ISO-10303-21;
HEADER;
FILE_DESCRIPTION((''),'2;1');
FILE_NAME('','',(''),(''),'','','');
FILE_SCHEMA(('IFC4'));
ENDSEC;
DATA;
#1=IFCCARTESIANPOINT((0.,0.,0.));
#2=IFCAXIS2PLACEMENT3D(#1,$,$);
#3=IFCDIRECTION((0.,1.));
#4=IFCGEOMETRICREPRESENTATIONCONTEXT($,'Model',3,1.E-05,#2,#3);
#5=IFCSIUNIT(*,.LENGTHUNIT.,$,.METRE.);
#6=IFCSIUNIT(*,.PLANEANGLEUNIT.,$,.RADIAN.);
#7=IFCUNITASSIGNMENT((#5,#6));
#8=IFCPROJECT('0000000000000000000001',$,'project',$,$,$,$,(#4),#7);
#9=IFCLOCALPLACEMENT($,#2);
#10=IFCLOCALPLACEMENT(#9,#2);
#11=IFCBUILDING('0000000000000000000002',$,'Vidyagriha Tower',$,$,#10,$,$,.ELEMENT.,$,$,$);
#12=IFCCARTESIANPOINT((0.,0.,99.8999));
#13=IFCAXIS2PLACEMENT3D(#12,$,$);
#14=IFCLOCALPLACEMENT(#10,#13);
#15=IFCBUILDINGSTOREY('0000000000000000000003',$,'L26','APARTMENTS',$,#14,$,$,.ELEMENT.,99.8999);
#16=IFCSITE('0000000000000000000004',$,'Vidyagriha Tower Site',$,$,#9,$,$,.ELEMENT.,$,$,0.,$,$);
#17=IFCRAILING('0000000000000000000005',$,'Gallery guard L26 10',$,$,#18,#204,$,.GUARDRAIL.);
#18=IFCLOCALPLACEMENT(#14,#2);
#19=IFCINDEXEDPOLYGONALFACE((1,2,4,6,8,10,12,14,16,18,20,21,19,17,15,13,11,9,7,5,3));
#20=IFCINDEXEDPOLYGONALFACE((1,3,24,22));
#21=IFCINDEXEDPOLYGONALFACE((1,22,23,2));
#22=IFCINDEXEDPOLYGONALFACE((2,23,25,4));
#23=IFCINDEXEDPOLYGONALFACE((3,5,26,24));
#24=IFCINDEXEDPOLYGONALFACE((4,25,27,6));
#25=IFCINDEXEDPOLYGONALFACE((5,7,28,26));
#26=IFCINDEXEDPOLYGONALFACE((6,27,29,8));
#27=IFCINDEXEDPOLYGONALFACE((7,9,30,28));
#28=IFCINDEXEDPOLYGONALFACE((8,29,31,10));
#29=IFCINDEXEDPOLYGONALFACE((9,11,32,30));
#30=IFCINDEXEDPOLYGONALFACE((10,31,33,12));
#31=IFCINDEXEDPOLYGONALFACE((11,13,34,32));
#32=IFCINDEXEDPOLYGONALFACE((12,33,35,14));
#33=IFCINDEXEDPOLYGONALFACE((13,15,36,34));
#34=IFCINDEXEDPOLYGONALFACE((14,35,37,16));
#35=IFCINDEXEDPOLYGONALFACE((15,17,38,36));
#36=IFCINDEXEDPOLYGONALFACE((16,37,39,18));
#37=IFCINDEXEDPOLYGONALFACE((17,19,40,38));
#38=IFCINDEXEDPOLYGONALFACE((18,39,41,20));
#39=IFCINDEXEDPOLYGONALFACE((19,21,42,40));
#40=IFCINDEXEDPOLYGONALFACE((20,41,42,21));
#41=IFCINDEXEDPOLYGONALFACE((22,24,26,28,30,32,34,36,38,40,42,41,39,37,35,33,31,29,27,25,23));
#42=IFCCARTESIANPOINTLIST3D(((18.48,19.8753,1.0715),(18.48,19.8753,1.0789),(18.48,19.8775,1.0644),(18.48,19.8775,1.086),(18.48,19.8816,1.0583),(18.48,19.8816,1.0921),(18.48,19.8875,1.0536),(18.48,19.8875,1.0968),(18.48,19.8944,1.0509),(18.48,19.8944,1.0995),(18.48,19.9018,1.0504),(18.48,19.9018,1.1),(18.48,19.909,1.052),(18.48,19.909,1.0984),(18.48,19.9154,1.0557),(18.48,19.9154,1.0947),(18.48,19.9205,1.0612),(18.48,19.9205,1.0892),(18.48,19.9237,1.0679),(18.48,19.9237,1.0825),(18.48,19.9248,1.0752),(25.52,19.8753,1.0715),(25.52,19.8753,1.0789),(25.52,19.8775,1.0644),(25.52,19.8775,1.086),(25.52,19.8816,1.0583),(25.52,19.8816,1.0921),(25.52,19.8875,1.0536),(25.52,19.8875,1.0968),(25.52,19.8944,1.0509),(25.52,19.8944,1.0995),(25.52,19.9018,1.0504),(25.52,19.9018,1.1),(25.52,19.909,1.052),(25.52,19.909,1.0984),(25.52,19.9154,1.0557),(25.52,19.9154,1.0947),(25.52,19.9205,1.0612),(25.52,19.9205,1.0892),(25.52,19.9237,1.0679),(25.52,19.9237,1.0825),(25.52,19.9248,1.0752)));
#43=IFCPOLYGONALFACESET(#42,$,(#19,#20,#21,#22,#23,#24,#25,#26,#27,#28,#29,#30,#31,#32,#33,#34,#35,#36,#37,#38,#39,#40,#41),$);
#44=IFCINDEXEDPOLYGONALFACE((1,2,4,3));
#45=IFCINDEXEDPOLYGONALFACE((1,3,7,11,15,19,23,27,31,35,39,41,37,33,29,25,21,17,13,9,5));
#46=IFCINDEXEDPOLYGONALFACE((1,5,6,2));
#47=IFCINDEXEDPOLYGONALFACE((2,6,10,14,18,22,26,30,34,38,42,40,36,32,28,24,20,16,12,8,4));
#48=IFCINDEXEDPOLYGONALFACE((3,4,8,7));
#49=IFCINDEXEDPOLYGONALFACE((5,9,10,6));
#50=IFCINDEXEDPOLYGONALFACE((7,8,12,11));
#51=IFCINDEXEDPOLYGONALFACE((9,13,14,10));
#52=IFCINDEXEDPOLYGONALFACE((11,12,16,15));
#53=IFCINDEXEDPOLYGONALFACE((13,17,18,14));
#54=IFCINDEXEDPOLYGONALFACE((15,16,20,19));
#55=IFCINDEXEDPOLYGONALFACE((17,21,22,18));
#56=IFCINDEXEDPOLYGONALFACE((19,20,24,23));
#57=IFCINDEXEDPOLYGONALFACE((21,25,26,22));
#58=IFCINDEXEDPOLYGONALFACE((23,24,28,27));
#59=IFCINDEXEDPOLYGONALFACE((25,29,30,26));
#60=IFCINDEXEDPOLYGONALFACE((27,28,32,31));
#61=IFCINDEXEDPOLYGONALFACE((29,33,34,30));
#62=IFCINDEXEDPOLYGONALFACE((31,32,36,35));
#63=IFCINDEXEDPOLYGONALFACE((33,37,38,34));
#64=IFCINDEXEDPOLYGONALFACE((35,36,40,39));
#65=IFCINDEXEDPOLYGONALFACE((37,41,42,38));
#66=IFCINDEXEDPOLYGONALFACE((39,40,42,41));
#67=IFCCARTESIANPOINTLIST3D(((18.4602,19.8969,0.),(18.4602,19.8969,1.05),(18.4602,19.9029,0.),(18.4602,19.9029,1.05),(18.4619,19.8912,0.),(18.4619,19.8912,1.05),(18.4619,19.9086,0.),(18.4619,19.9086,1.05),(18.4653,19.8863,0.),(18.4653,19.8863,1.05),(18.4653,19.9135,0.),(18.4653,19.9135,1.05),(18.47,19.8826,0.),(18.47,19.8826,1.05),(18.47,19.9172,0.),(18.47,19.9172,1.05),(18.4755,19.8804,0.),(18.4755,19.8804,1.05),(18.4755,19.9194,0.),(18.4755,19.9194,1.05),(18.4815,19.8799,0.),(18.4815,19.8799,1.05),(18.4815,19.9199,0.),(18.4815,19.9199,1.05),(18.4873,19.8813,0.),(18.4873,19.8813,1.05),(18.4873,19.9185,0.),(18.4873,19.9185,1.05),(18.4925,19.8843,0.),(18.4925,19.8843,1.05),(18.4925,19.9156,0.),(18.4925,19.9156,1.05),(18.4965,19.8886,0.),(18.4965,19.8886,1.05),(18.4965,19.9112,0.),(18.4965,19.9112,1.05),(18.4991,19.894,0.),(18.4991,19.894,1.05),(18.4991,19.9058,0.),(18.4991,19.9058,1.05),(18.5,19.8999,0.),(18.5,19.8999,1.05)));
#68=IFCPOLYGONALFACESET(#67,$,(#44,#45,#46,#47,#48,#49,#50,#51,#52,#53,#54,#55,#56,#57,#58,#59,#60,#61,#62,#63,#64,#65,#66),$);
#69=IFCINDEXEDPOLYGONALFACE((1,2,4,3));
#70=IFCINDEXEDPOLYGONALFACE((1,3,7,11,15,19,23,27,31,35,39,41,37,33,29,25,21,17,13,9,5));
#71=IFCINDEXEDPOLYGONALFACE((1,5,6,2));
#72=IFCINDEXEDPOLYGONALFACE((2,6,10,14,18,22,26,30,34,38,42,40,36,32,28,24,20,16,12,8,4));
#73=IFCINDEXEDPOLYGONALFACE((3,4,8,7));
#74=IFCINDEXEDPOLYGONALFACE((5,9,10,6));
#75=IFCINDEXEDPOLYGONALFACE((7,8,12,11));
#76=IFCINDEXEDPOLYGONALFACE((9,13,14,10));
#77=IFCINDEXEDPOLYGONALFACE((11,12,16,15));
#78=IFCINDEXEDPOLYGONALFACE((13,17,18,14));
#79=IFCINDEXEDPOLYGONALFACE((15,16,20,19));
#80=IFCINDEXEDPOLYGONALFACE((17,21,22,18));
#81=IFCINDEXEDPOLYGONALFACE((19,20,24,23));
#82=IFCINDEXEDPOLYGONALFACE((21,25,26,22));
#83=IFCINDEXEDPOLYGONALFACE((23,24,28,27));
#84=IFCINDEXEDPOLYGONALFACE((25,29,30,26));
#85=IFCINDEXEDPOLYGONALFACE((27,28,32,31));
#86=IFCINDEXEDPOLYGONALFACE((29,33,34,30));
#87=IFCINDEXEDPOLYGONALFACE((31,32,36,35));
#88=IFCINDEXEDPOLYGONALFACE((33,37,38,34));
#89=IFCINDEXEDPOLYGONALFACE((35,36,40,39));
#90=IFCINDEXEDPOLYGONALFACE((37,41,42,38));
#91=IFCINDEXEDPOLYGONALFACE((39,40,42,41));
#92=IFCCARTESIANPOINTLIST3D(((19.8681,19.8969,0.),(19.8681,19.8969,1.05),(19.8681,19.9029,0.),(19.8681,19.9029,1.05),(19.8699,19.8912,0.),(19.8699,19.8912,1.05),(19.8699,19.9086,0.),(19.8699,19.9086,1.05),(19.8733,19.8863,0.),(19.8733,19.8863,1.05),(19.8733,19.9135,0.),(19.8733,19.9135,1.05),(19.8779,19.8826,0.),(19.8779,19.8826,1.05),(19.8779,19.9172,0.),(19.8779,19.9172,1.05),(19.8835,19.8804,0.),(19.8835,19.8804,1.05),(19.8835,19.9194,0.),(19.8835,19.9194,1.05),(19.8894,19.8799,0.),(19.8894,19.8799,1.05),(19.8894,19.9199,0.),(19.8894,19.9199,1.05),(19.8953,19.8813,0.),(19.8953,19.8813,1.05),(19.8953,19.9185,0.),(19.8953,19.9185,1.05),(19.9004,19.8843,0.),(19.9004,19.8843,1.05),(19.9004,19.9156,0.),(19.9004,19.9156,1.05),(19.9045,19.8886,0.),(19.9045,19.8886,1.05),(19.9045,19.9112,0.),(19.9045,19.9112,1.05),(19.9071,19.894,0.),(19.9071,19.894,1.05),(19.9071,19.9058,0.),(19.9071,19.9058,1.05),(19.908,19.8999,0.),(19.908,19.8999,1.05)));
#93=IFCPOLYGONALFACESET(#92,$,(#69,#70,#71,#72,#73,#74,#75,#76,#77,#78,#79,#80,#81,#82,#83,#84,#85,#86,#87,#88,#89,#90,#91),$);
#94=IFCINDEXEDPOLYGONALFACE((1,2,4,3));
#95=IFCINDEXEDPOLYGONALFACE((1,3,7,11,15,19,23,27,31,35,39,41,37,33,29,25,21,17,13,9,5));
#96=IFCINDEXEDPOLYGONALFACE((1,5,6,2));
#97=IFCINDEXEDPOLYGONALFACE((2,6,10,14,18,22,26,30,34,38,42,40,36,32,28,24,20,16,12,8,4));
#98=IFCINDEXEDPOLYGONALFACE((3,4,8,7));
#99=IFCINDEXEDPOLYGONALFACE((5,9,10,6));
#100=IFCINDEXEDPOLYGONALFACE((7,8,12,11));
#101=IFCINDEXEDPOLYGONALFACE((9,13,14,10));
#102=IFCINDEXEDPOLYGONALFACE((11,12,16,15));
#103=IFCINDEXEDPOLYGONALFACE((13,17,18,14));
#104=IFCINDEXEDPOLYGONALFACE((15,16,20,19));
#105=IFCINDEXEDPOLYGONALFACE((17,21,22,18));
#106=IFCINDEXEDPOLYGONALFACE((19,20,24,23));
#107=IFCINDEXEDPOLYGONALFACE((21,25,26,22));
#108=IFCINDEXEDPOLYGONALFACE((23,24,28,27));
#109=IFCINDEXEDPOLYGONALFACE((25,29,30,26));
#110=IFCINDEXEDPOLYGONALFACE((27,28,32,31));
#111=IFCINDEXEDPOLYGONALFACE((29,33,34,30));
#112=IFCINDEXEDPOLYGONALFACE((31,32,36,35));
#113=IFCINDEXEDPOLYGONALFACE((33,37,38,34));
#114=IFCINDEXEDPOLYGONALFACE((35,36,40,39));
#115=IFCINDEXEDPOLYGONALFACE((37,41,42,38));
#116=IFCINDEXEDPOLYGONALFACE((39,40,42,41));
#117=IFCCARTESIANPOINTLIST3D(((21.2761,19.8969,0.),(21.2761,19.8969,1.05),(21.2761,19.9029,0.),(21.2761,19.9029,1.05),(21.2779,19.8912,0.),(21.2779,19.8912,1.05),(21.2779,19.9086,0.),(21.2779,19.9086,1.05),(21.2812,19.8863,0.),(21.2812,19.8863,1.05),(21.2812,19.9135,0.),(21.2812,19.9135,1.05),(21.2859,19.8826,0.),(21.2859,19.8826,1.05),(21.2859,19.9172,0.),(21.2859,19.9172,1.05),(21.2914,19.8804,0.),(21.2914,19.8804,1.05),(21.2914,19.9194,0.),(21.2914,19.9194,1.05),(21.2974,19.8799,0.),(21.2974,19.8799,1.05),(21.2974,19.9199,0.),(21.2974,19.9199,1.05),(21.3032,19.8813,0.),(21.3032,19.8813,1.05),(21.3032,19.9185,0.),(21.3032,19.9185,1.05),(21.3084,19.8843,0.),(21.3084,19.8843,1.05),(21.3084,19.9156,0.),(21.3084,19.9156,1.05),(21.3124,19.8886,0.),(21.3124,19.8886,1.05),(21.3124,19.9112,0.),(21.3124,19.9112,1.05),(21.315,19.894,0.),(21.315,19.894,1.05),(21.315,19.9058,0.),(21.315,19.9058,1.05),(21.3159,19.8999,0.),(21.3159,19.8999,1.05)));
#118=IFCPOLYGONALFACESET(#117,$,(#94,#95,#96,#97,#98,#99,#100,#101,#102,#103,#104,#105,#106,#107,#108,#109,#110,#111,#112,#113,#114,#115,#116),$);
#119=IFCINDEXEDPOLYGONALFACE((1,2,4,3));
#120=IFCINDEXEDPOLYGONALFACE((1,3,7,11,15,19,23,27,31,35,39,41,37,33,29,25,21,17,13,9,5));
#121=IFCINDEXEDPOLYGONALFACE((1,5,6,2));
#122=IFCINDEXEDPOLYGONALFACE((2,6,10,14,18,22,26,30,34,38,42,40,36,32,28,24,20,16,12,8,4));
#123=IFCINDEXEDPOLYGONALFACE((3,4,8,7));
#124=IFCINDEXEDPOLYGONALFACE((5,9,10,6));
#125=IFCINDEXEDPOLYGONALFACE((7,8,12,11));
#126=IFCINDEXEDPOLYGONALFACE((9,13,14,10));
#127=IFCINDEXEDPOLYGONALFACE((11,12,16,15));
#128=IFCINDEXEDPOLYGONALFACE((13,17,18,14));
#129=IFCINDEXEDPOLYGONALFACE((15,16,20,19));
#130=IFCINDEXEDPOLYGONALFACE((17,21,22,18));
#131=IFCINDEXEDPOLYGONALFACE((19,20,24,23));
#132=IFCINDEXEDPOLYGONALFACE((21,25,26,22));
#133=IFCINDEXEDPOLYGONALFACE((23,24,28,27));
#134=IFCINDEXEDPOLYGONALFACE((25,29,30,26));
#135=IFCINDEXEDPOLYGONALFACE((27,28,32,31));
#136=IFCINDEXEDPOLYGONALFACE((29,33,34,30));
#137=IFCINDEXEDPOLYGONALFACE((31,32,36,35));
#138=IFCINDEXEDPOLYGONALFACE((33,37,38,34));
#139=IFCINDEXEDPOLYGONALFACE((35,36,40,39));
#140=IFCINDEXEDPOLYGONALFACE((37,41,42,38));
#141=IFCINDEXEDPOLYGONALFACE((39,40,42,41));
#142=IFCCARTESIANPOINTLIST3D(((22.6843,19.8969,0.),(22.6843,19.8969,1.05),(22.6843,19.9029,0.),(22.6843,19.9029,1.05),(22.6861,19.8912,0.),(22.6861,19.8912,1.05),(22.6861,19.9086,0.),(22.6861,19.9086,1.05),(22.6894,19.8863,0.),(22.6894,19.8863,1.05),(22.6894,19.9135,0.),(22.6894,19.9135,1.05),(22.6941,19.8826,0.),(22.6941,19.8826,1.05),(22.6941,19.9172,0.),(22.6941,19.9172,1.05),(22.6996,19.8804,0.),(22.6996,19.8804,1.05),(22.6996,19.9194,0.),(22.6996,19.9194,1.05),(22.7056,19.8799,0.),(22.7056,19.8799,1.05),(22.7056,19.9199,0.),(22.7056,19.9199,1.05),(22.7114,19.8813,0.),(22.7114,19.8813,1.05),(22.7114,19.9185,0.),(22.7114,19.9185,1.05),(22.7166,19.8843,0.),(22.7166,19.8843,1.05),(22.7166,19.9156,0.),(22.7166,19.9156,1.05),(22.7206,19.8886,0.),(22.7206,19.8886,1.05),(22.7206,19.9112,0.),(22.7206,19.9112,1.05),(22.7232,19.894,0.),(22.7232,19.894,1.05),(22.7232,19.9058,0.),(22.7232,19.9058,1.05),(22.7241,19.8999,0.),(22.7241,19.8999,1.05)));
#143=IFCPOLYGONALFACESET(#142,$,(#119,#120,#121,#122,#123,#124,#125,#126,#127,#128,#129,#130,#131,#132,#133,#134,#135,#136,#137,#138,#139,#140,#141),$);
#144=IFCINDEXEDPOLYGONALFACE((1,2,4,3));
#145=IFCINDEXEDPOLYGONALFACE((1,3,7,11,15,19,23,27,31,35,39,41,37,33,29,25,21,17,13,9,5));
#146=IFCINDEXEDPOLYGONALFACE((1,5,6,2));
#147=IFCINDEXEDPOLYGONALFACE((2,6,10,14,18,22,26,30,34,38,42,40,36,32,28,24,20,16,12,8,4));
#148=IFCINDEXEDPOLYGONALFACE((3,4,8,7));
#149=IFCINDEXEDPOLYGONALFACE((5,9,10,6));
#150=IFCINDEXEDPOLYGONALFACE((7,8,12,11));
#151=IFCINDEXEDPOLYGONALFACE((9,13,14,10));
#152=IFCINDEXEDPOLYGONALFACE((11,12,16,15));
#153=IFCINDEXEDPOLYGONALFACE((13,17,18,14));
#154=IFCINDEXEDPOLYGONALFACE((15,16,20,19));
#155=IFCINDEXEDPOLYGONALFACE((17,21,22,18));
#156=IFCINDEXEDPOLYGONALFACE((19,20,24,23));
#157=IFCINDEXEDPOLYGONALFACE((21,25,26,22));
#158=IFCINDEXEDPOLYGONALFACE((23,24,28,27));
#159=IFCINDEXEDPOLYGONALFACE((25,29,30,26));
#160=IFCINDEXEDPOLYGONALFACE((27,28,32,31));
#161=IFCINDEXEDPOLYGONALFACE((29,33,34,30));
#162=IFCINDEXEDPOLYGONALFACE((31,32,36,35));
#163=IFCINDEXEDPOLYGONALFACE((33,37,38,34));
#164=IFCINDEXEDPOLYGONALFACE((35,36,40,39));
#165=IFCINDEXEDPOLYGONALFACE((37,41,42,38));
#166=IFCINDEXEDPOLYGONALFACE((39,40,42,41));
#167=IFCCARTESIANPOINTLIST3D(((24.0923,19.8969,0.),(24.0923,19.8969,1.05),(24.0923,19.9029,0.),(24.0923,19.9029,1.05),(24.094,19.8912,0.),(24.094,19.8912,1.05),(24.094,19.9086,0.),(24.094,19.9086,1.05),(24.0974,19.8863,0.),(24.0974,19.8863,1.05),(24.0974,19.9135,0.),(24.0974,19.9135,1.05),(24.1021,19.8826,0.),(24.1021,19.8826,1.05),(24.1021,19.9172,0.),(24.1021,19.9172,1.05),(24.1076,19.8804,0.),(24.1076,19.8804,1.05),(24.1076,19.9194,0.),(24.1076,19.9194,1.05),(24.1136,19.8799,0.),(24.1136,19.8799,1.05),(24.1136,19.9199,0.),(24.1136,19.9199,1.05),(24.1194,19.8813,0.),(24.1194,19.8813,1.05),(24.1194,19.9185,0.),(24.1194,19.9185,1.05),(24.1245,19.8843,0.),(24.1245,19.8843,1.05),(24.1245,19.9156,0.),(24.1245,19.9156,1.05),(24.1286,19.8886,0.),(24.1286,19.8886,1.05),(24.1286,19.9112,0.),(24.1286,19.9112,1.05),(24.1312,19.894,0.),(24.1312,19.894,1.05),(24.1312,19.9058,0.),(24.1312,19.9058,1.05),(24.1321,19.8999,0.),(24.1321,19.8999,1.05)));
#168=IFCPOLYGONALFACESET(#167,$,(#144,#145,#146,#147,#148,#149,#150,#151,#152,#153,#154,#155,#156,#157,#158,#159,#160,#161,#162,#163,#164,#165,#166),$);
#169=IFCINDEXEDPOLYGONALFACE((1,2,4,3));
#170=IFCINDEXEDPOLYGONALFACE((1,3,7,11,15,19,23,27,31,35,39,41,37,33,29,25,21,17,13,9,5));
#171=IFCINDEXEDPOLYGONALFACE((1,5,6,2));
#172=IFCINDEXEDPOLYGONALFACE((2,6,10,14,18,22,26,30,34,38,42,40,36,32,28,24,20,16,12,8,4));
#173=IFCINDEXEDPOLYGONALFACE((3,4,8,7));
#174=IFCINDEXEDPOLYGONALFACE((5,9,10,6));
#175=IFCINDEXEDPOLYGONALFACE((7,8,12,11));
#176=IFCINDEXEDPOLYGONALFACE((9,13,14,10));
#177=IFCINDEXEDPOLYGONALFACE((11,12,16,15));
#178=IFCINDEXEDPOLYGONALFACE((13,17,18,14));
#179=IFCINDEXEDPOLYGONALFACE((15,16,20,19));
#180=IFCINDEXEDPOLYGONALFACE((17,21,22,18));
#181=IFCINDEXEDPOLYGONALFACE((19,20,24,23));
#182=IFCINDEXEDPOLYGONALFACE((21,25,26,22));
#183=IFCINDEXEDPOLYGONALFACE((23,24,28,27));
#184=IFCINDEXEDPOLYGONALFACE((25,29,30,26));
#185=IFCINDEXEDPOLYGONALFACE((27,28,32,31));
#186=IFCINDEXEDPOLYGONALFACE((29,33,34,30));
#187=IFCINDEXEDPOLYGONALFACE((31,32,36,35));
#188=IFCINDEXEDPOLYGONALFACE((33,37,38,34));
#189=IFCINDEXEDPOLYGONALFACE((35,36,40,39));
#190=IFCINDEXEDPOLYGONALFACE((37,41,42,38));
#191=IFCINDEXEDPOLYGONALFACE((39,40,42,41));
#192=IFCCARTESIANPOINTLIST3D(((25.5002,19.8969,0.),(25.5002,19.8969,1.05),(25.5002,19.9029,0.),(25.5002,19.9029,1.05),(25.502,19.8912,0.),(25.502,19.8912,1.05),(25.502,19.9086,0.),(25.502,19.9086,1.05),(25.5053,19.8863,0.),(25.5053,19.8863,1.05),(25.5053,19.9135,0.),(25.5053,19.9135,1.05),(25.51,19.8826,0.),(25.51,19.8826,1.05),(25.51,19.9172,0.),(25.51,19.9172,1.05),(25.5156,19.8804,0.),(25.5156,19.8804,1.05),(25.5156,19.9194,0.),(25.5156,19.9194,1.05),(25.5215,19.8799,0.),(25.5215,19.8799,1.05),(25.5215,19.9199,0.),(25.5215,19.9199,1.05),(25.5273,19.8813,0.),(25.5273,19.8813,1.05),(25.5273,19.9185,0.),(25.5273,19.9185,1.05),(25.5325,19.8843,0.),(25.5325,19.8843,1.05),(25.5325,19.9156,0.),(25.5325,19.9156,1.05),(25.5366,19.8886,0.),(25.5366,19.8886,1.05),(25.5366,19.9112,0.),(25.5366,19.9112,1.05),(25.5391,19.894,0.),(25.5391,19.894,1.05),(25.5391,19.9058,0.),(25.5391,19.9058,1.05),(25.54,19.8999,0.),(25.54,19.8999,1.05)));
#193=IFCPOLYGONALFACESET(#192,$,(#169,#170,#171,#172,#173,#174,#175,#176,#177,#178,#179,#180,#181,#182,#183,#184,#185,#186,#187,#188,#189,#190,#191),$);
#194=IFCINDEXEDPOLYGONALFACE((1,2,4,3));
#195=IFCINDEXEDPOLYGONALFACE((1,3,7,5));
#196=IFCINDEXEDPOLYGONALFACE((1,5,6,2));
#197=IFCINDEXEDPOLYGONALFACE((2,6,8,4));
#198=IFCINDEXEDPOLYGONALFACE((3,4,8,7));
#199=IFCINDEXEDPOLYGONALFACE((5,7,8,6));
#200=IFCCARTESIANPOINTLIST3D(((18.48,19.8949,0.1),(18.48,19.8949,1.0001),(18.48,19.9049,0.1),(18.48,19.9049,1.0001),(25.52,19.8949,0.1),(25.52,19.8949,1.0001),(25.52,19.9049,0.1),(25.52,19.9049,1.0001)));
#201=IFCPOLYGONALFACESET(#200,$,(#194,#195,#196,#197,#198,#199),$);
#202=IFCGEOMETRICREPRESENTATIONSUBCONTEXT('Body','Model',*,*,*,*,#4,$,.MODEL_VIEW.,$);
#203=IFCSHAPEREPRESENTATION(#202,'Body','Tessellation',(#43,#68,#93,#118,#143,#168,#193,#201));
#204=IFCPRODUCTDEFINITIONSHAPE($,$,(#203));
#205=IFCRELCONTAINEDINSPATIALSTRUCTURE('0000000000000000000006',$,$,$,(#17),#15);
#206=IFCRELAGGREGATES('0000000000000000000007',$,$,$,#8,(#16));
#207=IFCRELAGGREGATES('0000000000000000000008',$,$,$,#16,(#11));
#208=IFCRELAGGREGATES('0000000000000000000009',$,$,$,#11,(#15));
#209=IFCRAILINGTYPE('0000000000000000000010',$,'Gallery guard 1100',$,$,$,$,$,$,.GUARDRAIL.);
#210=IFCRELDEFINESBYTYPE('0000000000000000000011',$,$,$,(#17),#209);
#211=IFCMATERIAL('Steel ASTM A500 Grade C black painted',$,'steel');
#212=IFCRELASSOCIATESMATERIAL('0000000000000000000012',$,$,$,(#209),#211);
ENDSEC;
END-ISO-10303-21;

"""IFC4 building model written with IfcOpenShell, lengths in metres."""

from ifc_helpers import new_model, si_unit, direction, frame, origin, origin_2d, place, context, subcontext, project, spatial, rectangle, circle, extrude, material, type_object, element, save


model = new_model("IFC4")

# Units and contexts
model_context = context("Model", 3, precision=1e-05, world=origin(), true_north=direction((0.0, 1.0)))
body_context = subcontext(model_context, "Body", "Model", "MODEL_VIEW")
ifc_project = project(units=[si_unit("LENGTHUNIT", "METRE"), si_unit("PLANEANGLEUNIT", "RADIAN")], contexts=[model_context])

# Site, building, storey
site_placement = place(None, origin())
site = spatial("IfcSite", under=ifc_project, at=site_placement, Name="Vidyagriha Tower Site", CompositionType="ELEMENT", RefElevation=0.0)
building_placement = place(site_placement, origin())
building = spatial("IfcBuilding", under=site, at=building_placement, Name="Vidyagriha Tower", CompositionType="ELEMENT")
storey_placement = place(building_placement, frame((0.0, 0.0, 99.8999)))
storey = spatial("IfcBuildingStorey", under=building, at=storey_placement, Name="L26", Description="APARTMENTS", CompositionType="ELEMENT", Elevation=99.8999)

# Railing
ifc_material_1 = material(Name="Steel ASTM A500 Grade C black painted", Category="steel")
railing_type = type_object("IfcRailingType", Name="Gallery guard 1100", PredefinedType="GUARDRAIL", material=ifc_material_1)
railing_1_placement = place(storey_placement, frame((18.48, 19.8999, 0.0)))
element("IfcRailing", 1, at=railing_1_placement, inside=storey, type_object=railing_type, Name="Gallery guard L26 10", PredefinedType="GUARDRAIL", context=body_context, shape_type="SweptSolid", body=[
    extrude(circle(Radius=0.0249, at=origin_2d()), frame((0.0, 0.0, 1.0752), z_axis=(1.0, 0.0, 0.0), x_axis=(0.0, 1.0, 0.0)), (0.0, 0.0, 1.0), 7.04),
    extrude(circle(Radius=0.02, at=origin_2d()), origin(), (0.0, 0.0, 1.0), 1.05),
    extrude(circle(Radius=0.02, at=origin_2d()), frame((1.408, 0.0, 0.0)), (0.0, 0.0, 1.0), 1.05),
    extrude(circle(Radius=0.02, at=origin_2d()), frame((2.8159, 0.0, 0.0)), (0.0, 0.0, 1.0), 1.05),
    extrude(circle(Radius=0.02, at=origin_2d()), frame((4.2241, 0.0, 0.0)), (0.0, 0.0, 1.0), 1.05),
    extrude(circle(Radius=0.02, at=origin_2d()), frame((5.6321, 0.0, 0.0)), (0.0, 0.0, 1.0), 1.05),
    extrude(circle(Radius=0.02, at=origin_2d()), frame((7.04, 0.0, 0.0)), (0.0, 0.0, 1.0), 1.05),
    extrude(rectangle(XDim=0.01, YDim=0.9001, at=origin_2d()), frame((0.0, 0.0, 0.55), z_axis=(1.0, 0.0, 0.0), x_axis=(0.0, 1.0, 0.0)), (0.0, 0.0, 1.0), 7.04),
])

save(model, "model.ifc")
